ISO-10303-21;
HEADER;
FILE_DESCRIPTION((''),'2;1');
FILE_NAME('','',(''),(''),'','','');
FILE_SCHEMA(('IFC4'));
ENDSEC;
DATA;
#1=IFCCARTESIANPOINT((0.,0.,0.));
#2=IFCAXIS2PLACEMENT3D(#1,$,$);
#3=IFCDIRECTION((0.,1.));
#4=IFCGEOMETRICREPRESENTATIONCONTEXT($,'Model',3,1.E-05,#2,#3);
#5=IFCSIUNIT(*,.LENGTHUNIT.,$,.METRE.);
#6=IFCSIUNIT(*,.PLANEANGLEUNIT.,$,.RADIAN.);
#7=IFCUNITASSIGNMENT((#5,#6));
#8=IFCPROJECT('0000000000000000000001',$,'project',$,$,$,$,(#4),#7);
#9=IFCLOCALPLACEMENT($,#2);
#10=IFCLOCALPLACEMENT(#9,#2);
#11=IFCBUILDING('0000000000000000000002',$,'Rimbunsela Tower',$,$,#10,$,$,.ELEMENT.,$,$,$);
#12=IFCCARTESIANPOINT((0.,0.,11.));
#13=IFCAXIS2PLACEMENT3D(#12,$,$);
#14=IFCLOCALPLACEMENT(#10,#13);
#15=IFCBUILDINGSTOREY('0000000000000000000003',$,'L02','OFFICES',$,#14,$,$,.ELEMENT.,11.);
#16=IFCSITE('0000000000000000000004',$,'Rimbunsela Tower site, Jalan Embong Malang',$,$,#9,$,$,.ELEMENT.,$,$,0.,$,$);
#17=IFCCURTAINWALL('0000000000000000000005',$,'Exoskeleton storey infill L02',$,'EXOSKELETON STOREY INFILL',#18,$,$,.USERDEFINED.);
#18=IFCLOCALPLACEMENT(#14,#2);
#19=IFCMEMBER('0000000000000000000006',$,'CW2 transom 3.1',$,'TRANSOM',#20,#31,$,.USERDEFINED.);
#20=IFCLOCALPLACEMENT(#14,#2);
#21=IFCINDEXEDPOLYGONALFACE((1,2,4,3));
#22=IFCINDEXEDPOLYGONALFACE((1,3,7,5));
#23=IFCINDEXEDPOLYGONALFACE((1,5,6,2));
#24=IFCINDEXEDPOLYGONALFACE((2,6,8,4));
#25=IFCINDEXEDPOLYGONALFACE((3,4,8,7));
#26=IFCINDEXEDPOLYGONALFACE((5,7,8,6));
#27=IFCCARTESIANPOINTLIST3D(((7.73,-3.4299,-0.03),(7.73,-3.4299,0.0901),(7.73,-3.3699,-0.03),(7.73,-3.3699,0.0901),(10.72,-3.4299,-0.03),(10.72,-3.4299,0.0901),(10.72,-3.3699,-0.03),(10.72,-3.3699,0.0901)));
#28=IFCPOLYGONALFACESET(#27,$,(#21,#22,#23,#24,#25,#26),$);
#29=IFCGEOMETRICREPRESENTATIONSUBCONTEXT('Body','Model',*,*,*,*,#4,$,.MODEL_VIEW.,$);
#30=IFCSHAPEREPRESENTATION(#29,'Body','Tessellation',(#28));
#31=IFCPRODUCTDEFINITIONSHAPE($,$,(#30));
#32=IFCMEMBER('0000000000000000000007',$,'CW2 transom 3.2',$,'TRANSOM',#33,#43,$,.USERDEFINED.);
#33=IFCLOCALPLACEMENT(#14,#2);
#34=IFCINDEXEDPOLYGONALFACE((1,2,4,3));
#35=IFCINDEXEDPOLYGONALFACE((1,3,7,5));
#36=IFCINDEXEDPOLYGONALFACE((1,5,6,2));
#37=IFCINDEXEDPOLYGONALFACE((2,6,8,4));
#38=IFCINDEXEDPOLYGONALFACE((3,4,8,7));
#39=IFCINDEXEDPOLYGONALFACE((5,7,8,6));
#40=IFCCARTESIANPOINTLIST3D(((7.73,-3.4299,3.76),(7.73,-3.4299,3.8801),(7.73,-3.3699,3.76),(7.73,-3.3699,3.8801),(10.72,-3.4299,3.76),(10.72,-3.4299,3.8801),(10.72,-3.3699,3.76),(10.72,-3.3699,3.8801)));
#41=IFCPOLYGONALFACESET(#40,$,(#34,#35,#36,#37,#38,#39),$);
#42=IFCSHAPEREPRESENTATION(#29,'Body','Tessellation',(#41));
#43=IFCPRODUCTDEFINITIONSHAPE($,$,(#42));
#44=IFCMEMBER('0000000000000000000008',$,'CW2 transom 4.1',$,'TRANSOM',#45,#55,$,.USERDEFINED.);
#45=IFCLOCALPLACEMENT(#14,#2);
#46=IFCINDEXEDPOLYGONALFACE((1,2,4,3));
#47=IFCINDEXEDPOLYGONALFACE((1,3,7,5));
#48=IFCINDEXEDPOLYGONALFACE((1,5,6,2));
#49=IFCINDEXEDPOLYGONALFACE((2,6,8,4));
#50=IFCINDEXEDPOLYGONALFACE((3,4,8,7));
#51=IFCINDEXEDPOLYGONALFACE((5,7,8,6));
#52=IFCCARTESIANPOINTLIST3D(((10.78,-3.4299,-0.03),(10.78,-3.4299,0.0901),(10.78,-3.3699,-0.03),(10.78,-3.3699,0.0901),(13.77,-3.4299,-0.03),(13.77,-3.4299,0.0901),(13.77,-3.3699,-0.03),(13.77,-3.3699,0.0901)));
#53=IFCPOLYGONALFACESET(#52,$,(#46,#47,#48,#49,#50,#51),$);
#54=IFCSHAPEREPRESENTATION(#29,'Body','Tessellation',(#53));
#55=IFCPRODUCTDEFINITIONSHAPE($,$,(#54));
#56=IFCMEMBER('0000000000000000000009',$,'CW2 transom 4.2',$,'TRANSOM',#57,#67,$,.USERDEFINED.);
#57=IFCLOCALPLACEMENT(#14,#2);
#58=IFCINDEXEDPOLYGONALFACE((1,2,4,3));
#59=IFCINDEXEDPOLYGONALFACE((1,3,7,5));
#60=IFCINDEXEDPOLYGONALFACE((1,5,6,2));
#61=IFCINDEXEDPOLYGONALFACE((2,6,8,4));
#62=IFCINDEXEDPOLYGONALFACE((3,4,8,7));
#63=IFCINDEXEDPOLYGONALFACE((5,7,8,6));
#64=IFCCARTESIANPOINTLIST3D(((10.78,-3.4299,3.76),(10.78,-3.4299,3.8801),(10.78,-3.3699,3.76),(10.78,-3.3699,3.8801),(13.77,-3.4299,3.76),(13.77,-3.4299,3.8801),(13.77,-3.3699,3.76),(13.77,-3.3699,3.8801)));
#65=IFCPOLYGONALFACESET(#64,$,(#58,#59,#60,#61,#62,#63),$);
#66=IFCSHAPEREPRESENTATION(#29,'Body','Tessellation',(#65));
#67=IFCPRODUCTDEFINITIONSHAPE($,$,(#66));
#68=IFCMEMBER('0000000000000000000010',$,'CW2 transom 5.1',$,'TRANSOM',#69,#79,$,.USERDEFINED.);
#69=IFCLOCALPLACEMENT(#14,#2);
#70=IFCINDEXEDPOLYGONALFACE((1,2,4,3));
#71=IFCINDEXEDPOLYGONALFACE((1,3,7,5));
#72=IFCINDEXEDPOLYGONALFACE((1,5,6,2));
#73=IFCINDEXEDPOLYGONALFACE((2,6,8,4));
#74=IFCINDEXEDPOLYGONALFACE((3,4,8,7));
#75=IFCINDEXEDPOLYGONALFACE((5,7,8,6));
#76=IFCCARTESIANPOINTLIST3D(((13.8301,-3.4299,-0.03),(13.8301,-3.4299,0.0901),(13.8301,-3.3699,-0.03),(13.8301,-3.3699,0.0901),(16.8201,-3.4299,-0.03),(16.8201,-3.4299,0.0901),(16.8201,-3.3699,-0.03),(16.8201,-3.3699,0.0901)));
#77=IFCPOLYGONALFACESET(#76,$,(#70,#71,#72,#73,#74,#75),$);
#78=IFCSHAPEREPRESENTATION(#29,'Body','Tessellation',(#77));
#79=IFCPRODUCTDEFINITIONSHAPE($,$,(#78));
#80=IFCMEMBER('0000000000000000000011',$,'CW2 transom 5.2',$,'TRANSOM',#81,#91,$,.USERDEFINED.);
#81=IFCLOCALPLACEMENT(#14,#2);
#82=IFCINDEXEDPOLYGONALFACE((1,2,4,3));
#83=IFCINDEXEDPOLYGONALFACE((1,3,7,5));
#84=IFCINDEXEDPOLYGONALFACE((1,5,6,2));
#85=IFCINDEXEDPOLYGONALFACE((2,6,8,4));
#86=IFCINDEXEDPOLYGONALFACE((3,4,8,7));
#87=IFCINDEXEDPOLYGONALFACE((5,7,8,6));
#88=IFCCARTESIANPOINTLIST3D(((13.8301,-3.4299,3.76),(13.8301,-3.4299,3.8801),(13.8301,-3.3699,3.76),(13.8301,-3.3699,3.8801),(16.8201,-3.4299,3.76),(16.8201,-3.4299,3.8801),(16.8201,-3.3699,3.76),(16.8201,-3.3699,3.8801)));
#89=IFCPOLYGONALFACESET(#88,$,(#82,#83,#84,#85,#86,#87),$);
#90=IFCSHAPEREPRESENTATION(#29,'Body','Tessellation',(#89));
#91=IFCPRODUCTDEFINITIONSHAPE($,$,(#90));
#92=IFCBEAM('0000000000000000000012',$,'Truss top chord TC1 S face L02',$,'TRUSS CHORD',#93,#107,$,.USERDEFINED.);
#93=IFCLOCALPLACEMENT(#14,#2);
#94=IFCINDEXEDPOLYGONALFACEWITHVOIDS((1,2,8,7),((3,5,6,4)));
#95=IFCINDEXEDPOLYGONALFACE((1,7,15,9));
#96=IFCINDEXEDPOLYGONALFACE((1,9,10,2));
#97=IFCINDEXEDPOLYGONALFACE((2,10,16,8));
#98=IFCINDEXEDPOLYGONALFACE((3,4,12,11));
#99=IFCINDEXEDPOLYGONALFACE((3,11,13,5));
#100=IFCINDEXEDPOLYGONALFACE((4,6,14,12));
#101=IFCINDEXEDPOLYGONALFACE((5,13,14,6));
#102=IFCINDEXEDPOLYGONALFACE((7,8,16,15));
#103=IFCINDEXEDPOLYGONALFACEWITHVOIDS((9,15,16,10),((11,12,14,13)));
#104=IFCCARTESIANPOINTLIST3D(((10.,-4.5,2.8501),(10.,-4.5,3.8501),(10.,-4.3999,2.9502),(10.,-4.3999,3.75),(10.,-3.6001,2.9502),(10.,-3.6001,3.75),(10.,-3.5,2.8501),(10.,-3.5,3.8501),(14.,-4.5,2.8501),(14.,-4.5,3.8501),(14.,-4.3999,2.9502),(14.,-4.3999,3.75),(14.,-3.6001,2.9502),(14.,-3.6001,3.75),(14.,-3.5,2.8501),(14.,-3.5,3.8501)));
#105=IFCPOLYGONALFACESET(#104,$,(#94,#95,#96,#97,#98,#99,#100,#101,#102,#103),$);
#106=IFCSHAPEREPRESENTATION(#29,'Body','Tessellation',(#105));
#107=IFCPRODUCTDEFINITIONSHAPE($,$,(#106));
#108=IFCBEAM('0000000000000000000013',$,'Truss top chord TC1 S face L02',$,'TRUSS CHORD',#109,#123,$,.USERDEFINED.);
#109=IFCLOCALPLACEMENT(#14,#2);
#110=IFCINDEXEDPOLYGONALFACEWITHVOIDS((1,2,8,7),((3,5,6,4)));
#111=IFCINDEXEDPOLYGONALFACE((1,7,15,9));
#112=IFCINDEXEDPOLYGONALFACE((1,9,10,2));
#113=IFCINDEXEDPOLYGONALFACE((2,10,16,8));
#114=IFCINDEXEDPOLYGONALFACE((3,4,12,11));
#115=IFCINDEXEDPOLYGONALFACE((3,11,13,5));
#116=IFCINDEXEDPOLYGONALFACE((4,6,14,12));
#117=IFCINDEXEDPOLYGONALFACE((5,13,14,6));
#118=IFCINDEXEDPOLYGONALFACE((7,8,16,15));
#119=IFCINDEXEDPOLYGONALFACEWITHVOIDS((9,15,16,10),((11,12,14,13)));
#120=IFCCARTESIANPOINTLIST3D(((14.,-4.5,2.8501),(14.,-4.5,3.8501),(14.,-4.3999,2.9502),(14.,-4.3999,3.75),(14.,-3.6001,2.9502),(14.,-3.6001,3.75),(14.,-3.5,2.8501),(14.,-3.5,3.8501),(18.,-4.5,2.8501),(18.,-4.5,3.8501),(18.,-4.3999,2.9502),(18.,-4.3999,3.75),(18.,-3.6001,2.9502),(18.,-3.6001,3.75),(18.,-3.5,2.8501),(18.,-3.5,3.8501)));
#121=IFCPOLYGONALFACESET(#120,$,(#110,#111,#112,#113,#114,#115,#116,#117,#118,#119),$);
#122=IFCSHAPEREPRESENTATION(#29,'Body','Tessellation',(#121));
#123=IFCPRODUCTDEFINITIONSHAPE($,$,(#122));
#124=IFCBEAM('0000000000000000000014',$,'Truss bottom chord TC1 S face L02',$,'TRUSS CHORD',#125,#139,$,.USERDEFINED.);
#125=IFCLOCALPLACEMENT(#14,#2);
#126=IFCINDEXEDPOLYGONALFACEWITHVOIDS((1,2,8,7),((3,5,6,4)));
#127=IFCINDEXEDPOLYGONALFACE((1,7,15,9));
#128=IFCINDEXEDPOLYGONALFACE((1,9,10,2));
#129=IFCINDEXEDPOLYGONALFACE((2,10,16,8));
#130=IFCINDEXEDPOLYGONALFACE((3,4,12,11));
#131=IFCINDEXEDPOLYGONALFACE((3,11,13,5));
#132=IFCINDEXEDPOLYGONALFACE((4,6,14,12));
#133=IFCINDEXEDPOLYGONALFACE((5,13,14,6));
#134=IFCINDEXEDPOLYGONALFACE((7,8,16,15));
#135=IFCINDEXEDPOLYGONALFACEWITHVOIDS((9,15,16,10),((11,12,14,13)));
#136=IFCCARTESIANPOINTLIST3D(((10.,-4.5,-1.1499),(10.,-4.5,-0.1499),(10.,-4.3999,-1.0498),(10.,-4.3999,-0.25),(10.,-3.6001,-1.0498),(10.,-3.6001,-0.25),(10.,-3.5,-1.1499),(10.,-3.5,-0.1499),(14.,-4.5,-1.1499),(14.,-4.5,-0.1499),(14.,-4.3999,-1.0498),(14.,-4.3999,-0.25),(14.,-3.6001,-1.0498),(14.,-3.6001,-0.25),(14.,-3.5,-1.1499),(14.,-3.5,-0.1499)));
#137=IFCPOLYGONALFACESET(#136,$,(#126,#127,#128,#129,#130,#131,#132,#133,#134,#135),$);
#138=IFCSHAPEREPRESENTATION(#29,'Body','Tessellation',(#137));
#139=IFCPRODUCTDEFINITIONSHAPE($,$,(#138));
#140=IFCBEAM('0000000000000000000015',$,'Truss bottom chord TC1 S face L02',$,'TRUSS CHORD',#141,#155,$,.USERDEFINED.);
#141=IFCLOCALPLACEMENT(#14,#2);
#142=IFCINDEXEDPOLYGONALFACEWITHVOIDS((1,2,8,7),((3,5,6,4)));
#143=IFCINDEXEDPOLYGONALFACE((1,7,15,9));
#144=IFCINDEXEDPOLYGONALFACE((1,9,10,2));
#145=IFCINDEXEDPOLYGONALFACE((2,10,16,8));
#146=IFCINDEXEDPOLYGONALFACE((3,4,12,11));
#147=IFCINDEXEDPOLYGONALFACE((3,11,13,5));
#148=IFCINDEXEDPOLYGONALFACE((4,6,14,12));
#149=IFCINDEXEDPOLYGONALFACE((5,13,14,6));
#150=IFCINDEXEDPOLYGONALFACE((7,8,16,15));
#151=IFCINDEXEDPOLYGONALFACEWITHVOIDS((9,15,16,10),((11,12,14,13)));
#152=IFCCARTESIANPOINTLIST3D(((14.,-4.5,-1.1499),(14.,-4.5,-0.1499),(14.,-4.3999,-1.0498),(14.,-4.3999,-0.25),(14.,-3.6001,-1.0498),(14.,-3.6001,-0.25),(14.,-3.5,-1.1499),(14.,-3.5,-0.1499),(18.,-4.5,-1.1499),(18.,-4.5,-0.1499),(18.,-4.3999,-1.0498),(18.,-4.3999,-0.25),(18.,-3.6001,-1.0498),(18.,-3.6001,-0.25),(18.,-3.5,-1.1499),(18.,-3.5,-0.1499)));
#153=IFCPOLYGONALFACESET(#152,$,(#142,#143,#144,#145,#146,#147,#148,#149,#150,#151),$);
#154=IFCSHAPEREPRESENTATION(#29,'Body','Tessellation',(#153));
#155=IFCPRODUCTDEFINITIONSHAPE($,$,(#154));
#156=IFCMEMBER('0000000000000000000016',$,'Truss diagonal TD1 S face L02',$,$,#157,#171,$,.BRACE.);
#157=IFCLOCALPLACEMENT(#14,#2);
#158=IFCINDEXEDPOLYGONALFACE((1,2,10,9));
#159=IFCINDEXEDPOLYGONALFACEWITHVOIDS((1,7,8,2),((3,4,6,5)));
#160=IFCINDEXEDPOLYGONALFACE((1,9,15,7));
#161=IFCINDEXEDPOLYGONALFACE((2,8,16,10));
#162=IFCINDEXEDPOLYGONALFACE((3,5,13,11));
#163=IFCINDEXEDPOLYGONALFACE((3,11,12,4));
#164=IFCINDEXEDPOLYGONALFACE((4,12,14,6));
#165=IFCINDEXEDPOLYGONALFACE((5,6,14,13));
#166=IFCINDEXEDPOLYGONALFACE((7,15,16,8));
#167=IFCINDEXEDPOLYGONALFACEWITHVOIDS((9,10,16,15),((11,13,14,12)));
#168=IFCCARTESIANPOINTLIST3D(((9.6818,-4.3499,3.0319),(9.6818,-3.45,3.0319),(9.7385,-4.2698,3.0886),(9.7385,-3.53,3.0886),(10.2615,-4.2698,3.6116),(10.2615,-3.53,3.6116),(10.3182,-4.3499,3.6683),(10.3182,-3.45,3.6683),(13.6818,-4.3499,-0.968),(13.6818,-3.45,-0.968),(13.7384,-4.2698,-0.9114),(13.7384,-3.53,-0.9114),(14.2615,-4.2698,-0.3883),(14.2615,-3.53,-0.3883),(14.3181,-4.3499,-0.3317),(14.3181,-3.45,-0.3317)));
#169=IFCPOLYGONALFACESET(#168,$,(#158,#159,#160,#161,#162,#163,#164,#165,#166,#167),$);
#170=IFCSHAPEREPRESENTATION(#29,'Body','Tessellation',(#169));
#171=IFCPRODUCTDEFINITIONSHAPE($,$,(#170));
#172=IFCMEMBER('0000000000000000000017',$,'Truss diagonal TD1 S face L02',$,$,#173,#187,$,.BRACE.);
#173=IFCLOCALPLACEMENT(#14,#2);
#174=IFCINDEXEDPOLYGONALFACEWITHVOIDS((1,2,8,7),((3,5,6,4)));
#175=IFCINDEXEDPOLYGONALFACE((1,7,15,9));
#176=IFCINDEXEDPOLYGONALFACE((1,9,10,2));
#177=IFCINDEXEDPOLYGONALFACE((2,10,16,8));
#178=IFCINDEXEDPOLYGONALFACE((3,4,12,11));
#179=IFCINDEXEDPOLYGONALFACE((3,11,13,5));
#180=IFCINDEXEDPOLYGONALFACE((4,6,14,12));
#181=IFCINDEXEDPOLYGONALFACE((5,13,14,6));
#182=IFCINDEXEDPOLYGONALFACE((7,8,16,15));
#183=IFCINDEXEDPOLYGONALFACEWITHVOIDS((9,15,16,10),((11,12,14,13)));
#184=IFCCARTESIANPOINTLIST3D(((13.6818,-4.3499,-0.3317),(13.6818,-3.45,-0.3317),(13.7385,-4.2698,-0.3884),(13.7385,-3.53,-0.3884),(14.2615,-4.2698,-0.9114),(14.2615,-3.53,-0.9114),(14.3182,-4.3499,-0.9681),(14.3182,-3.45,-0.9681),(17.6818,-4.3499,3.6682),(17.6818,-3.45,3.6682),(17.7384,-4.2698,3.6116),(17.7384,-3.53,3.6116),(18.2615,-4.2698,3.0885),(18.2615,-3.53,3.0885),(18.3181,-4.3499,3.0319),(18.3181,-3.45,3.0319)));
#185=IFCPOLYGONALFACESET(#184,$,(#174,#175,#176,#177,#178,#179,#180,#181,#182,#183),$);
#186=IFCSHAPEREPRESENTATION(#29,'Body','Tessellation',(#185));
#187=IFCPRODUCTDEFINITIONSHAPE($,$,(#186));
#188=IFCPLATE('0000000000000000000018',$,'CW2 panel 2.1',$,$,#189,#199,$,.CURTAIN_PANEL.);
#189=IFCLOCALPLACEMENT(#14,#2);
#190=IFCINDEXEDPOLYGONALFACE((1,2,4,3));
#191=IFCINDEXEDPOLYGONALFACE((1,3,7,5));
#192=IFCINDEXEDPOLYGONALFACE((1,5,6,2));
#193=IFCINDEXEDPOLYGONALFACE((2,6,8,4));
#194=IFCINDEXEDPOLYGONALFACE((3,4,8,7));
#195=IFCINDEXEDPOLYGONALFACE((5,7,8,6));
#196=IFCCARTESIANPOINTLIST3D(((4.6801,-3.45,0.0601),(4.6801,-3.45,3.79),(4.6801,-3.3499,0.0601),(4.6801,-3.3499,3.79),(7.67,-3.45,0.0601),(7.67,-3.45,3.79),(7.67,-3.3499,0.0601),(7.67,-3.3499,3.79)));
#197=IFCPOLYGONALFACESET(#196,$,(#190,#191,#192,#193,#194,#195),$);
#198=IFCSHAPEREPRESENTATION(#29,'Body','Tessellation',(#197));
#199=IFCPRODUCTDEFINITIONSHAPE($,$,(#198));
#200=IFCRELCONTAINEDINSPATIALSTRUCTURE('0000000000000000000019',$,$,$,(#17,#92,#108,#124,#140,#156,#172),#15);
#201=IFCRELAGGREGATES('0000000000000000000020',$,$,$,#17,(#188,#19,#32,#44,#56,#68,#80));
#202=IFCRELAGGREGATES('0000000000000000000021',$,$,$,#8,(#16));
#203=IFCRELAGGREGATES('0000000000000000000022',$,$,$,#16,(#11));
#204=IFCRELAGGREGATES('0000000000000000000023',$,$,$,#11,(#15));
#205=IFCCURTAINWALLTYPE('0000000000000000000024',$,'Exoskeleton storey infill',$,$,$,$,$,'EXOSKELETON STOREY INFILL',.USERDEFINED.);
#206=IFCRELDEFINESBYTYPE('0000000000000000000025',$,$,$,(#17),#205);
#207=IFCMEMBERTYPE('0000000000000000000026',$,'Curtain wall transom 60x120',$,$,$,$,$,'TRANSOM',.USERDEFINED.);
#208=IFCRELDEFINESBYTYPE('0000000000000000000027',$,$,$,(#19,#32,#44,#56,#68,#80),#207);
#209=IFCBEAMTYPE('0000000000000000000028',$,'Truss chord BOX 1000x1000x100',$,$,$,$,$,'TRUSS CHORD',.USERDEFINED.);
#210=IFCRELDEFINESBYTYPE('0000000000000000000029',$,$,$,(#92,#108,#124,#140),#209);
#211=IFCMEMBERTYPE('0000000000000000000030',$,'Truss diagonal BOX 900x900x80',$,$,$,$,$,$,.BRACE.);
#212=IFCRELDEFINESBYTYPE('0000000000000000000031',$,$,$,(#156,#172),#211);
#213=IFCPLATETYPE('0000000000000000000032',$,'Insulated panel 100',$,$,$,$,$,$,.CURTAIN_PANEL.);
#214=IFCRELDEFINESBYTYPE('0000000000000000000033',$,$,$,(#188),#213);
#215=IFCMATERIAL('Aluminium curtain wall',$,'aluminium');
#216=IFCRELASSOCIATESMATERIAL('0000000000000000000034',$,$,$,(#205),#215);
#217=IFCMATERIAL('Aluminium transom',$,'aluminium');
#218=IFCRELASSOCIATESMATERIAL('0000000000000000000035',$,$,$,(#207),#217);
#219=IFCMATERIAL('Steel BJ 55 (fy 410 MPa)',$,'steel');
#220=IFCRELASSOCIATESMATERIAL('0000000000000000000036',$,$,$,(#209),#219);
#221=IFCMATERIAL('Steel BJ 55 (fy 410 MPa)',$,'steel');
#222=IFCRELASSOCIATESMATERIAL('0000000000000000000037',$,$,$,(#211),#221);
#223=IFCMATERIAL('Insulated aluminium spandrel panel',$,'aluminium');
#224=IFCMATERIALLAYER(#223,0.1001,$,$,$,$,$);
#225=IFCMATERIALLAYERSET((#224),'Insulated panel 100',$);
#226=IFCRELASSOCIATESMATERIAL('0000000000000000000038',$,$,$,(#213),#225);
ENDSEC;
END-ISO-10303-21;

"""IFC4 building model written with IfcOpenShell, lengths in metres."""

from ifc_helpers import new_model, si_unit, direction, frame, origin, origin_2d, place, context, subcontext, project, spatial, rectangle, hollow_rectangle, extrude, material, layer, layer_set, material_profile, profile_set, type_object, element, aggregate, save


model = new_model("IFC4")

# Units and contexts
model_context = context("Model", 3, precision=1e-05, world=origin(), true_north=direction((0.0, 1.0)))
body_context = subcontext(model_context, "Body", "Model", "MODEL_VIEW")
ifc_project = project(units=[si_unit("LENGTHUNIT", "METRE"), si_unit("PLANEANGLEUNIT", "RADIAN")], contexts=[model_context])

# Site, building, storey
site_placement = place(None, origin())
site = spatial("IfcSite", under=ifc_project, at=site_placement, Name="Rimbunsela Tower site, Jalan Embong Malang", CompositionType="ELEMENT", RefElevation=0.0)
building_placement = place(site_placement, origin())
building = spatial("IfcBuilding", under=site, at=building_placement, Name="Rimbunsela Tower", CompositionType="ELEMENT")
storey_placement = place(building_placement, frame((0.0, 0.0, 11.0)))
storey = spatial("IfcBuildingStorey", under=building, at=storey_placement, Name="L02", Description="OFFICES", CompositionType="ELEMENT", Elevation=11.0)

# Curtain wall, members
ifc_material_1 = material(Name="Aluminium curtain wall", Category="aluminium")
curtain_wall_type = type_object("IfcCurtainWallType", Name="Exoskeleton storey infill", ElementType="EXOSKELETON STOREY INFILL", PredefinedType="USERDEFINED", material=ifc_material_1)
curtain_wall_placement = place(storey_placement, origin())
curtain_wall = element("IfcCurtainWall", 1, at=curtain_wall_placement, inside=storey, type_object=curtain_wall_type, Name="Exoskeleton storey infill L02", ObjectType="EXOSKELETON STOREY INFILL", PredefinedType="USERDEFINED")
ifc_material_2 = material(Name="Aluminium transom", Category="aluminium")
ifc_material_profile_1 = material_profile(ifc_material_2, rectangle(XDim=0.0601, YDim=0.1201, at=origin_2d()), Name="Transom 60x120")
ifc_profile_set_1 = profile_set([ifc_material_profile_1], Name="Aluminium transom")
member_type_1 = type_object("IfcMemberType", Name="Curtain wall transom 60x120", ElementType="TRANSOM", PredefinedType="USERDEFINED", material=ifc_profile_set_1)
member_1_placement = place(storey_placement, frame((7.73, -3.3999, 0.03), z_axis=(1.0, 0.0, 0.0), x_axis=(0.0, 1.0, 0.0)))
member_1 = element("IfcMember", 2, at=member_1_placement, type_object=member_type_1, Name="CW2 transom 3.1", ObjectType="TRANSOM", PredefinedType="USERDEFINED", context=body_context, shape_type="SweptSolid", body=[
    extrude(rectangle(XDim=0.0601, YDim=0.1201, at=origin_2d()), origin(), (0.0, 0.0, 1.0), 2.99),
])
member_2_placement = place(storey_placement, frame((7.73, -3.3999, 3.8201), z_axis=(1.0, 0.0, 0.0), x_axis=(0.0, 1.0, 0.0)))
member_2 = element("IfcMember", 3, at=member_2_placement, type_object=member_type_1, Name="CW2 transom 3.2", ObjectType="TRANSOM", PredefinedType="USERDEFINED", context=body_context, shape_type="SweptSolid", body=[
    extrude(rectangle(XDim=0.0601, YDim=0.1201, at=origin_2d()), origin(), (0.0, 0.0, 1.0), 2.99),
])
member_3_placement = place(storey_placement, frame((10.78, -3.3999, 0.03), z_axis=(1.0, 0.0, 0.0), x_axis=(0.0, 1.0, 0.0)))
member_3 = element("IfcMember", 4, at=member_3_placement, type_object=member_type_1, Name="CW2 transom 4.1", ObjectType="TRANSOM", PredefinedType="USERDEFINED", context=body_context, shape_type="SweptSolid", body=[
    extrude(rectangle(XDim=0.0601, YDim=0.1201, at=origin_2d()), origin(), (0.0, 0.0, 1.0), 2.99),
])
member_4_placement = place(storey_placement, frame((10.78, -3.3999, 3.8201), z_axis=(1.0, 0.0, 0.0), x_axis=(0.0, 1.0, 0.0)))
member_4 = element("IfcMember", 5, at=member_4_placement, type_object=member_type_1, Name="CW2 transom 4.2", ObjectType="TRANSOM", PredefinedType="USERDEFINED", context=body_context, shape_type="SweptSolid", body=[
    extrude(rectangle(XDim=0.0601, YDim=0.1201, at=origin_2d()), origin(), (0.0, 0.0, 1.0), 2.99),
])
member_5_placement = place(storey_placement, frame((13.8301, -3.3999, 0.03), z_axis=(1.0, 0.0, 0.0), x_axis=(0.0, 1.0, 0.0)))
member_5 = element("IfcMember", 6, at=member_5_placement, type_object=member_type_1, Name="CW2 transom 5.1", ObjectType="TRANSOM", PredefinedType="USERDEFINED", context=body_context, shape_type="SweptSolid", body=[
    extrude(rectangle(XDim=0.0601, YDim=0.1201, at=origin_2d()), origin(), (0.0, 0.0, 1.0), 2.99),
])
member_6_placement = place(storey_placement, frame((13.8301, -3.3999, 3.8201), z_axis=(1.0, 0.0, 0.0), x_axis=(0.0, 1.0, 0.0)))
member_6 = element("IfcMember", 7, at=member_6_placement, type_object=member_type_1, Name="CW2 transom 5.2", ObjectType="TRANSOM", PredefinedType="USERDEFINED", context=body_context, shape_type="SweptSolid", body=[
    extrude(rectangle(XDim=0.0601, YDim=0.1201, at=origin_2d()), origin(), (0.0, 0.0, 1.0), 2.99),
])

# Beams
ifc_material_3 = material(Name="Steel BJ 55 (fy 410 MPa)", Category="steel")
ifc_material_profile_2 = material_profile(ifc_material_3, hollow_rectangle(XDim=1.0, YDim=1.0, WallThickness=0.1001, at=origin_2d()), Name="BOX 1000x1000x100")
ifc_profile_set_2 = profile_set([ifc_material_profile_2], Name="Steel BJ 55 (fy 410 MPa)")
beam_type_1 = type_object("IfcBeamType", Name="Truss chord BOX 1000x1000x100", ElementType="TRUSS CHORD", PredefinedType="USERDEFINED", material=ifc_profile_set_2)
for number, where, z_axis, x_axis, name in (
    (8, (10.0, -4.0, 3.3501), (1.0, 0.0, 0.0), (0.0, 1.0, 0.0), "Truss top chord TC1 S face L02"),
    (9, (14.0, -4.0, 3.3501), (1.0, 0.0, 0.0), (0.0, 1.0, 0.0), "Truss top chord TC1 S face L02"),
    (10, (10.0, -4.0, -0.6499), (1.0, 0.0, 0.0), (0.0, 1.0, 0.0), "Truss bottom chord TC1 S face L02"),
    (11, (14.0, -4.0, -0.6499), (1.0, 0.0, 0.0), (0.0, 1.0, 0.0), "Truss bottom chord TC1 S face L02"),
):
    element("IfcBeam", number, at=place(storey_placement, frame(where, z_axis=z_axis, x_axis=x_axis)), inside=storey, type_object=beam_type_1, Name=name, ObjectType="TRUSS CHORD", PredefinedType="USERDEFINED", context=body_context, shape_type="SweptSolid", body=[
        extrude(hollow_rectangle(XDim=1.0, YDim=1.0, WallThickness=0.1001, at=origin_2d()), origin(), (0.0, 0.0, 1.0), 4.0),
    ])

# Members
ifc_material_4 = material(Name="Steel BJ 55 (fy 410 MPa)", Category="steel")
ifc_material_profile_3 = material_profile(ifc_material_4, hollow_rectangle(XDim=0.8999, YDim=0.8999, WallThickness=0.0801, at=origin_2d()), Name="BOX 900x900x80")
ifc_profile_set_3 = profile_set([ifc_material_profile_3], Name="Steel BJ 55 (fy 410 MPa)")
member_type_2 = type_object("IfcMemberType", Name="Truss diagonal BOX 900x900x80", PredefinedType="BRACE", material=ifc_profile_set_3)
for number, where, z_axis, x_axis, name in (
    (12, (10.0, -3.8999, 3.3501), (0.707107, 0.0, -0.707107), (0.0, 1.0, 0.0), "Truss diagonal TD1 S face L02"),
    (13, (14.0, -3.8999, -0.6499), (0.707107, 0.0, 0.707107), (0.0, 1.0, 0.0), "Truss diagonal TD1 S face L02"),
):
    element("IfcMember", number, at=place(storey_placement, frame(where, z_axis=z_axis, x_axis=x_axis)), inside=storey, type_object=member_type_2, Name=name, PredefinedType="BRACE", context=body_context, shape_type="SweptSolid", body=[
        extrude(hollow_rectangle(XDim=0.8999, YDim=0.8999, WallThickness=0.0801, at=origin_2d()), origin(), (0.0, 0.0, 1.0), 5.6567),
    ])

# Plate
ifc_material_5 = material(Name="Insulated aluminium spandrel panel", Category="aluminium")
ifc_layer = layer(ifc_material_5, 0.1001)
ifc_layer_set = layer_set([ifc_layer], Name="Insulated panel 100")
plate_type = type_object("IfcPlateType", Name="Insulated panel 100", PredefinedType="CURTAIN_PANEL", material=ifc_layer_set)
plate_1_placement = place(storey_placement, frame((6.175, -3.3999, 0.0601), z_axis=(0.0, 0.0, 1.0), x_axis=(1.0, 0.0, 0.0)))
plate_1 = element("IfcPlate", 14, at=plate_1_placement, type_object=plate_type, Name="CW2 panel 2.1", PredefinedType="CURTAIN_PANEL", context=body_context, shape_type="SweptSolid", body=[
    extrude(rectangle(XDim=2.99, YDim=0.1001, at=origin_2d()), origin(), (0.0, 0.0, 1.0), 3.73),
])
aggregate(curtain_wall, [plate_1, member_1, member_2, member_3, member_4, member_5, member_6])

save(model, "model.ifc")
